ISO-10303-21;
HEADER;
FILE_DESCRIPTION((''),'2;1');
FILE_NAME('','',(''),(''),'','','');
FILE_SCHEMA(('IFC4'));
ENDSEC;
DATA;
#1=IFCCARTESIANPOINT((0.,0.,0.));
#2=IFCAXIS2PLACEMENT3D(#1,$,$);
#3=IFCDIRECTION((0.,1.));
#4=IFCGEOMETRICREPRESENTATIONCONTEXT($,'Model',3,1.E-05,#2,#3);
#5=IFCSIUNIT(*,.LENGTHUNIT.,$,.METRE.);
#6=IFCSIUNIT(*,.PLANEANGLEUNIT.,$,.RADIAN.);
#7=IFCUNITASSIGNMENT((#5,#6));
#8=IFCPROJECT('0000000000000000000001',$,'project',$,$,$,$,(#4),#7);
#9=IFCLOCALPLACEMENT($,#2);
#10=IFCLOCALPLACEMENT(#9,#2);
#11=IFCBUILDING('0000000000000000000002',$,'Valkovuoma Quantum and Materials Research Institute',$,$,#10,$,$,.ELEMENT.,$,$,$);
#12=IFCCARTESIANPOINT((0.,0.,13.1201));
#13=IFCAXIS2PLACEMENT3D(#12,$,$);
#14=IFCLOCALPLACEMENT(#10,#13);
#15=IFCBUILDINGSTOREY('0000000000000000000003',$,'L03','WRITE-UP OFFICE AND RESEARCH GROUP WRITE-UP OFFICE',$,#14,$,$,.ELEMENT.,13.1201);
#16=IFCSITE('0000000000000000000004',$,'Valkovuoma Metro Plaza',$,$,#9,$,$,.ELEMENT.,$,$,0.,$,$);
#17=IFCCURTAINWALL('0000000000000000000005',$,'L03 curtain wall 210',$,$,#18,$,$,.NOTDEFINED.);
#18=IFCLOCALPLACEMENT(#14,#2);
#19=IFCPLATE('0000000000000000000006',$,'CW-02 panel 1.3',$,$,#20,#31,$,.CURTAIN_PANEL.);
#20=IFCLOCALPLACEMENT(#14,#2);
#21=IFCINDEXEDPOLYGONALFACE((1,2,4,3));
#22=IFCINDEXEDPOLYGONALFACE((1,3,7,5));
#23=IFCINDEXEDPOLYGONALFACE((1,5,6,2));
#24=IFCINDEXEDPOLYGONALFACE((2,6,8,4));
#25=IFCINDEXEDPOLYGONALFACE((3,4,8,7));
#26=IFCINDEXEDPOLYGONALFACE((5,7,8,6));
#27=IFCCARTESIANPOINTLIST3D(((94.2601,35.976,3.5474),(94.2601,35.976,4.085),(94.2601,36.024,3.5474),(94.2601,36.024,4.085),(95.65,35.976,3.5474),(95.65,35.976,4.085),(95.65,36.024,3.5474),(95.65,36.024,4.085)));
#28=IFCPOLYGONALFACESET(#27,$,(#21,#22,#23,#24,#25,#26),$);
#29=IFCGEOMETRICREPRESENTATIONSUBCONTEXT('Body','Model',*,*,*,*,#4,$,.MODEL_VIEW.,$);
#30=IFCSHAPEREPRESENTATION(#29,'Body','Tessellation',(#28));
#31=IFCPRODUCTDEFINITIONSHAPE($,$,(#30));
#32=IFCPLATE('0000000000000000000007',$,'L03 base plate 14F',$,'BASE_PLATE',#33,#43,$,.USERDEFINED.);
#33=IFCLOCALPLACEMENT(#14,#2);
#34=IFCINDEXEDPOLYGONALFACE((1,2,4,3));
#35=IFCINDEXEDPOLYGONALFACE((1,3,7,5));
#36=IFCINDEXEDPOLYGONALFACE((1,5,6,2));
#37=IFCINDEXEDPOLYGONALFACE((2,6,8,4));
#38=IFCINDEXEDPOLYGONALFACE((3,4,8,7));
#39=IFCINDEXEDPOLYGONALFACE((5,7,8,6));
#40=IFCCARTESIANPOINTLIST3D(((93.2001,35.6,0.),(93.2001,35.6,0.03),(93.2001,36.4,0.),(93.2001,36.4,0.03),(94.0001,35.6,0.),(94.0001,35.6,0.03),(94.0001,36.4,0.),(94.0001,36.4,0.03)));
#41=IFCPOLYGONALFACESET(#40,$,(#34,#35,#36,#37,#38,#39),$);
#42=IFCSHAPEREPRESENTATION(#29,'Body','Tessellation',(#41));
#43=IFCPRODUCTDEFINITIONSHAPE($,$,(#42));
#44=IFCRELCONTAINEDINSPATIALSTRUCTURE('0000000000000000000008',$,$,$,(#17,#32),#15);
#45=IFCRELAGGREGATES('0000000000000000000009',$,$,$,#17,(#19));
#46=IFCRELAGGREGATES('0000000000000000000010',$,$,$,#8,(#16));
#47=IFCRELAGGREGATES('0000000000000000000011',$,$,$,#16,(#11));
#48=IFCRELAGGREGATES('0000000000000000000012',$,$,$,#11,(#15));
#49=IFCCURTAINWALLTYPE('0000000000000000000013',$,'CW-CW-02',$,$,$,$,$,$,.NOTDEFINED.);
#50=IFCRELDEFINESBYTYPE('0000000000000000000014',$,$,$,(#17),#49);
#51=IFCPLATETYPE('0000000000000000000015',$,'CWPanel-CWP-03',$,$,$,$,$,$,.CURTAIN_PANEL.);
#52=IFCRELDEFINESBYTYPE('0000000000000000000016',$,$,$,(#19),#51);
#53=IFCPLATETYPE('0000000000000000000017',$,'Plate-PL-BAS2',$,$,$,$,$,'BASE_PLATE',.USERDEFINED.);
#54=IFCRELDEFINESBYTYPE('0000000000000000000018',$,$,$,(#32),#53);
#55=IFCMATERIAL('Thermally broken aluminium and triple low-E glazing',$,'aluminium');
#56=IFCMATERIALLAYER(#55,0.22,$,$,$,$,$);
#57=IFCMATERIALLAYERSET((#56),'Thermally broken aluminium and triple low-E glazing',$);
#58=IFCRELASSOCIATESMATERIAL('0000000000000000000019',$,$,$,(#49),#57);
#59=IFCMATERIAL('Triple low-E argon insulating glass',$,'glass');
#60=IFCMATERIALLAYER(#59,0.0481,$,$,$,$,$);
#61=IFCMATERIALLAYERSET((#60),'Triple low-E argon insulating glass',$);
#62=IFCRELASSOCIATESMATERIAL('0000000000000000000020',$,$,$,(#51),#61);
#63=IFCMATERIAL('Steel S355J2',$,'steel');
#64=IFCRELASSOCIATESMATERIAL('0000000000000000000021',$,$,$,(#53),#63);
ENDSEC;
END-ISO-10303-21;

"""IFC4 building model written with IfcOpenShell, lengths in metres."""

from ifc_helpers import new_model, si_unit, direction, frame, origin, origin_2d, place, context, subcontext, project, spatial, rectangle, extrude, material, layer, layer_set, type_object, element, aggregate, save


model = new_model("IFC4")

# Units and contexts
model_context = context("Model", 3, precision=1e-05, world=origin(), true_north=direction((0.0, 1.0)))
body_context = subcontext(model_context, "Body", "Model", "MODEL_VIEW")
ifc_project = project(units=[si_unit("LENGTHUNIT", "METRE"), si_unit("PLANEANGLEUNIT", "RADIAN")], contexts=[model_context])

# Site, building, storey
site_placement = place(None, origin())
site = spatial("IfcSite", under=ifc_project, at=site_placement, Name="Valkovuoma Metro Plaza", CompositionType="ELEMENT", RefElevation=0.0)
building_placement = place(site_placement, origin())
building = spatial("IfcBuilding", under=site, at=building_placement, Name="Valkovuoma Quantum and Materials Research Institute", CompositionType="ELEMENT")
storey_placement = place(building_placement, frame((0.0, 0.0, 13.1201)))
storey = spatial("IfcBuildingStorey", under=building, at=storey_placement, Name="L03", Description="WRITE-UP OFFICE AND RESEARCH GROUP WRITE-UP OFFICE", CompositionType="ELEMENT", Elevation=13.1201)

# Curtain wall
ifc_material_1 = material(Name="Thermally broken aluminium and triple low-E glazing", Category="aluminium")
ifc_layer_1 = layer(ifc_material_1, 0.22)
ifc_layer_set_1 = layer_set([ifc_layer_1], Name="Thermally broken aluminium and triple low-E glazing")
curtain_wall_type = type_object("IfcCurtainWallType", Name="CW-CW-02", PredefinedType="NOTDEFINED", material=ifc_layer_set_1)
curtain_wall_1_placement = place(storey_placement, origin())
curtain_wall_1 = element("IfcCurtainWall", 1, at=curtain_wall_1_placement, inside=storey, type_object=curtain_wall_type, Name="L03 curtain wall 210", PredefinedType="NOTDEFINED")

# Plates
ifc_material_2 = material(Name="Triple low-E argon insulating glass", Category="glass")
ifc_layer_2 = layer(ifc_material_2, 0.0481)
ifc_layer_set_2 = layer_set([ifc_layer_2], Name="Triple low-E argon insulating glass")
plate_type_1 = type_object("IfcPlateType", Name="CWPanel-CWP-03", PredefinedType="CURTAIN_PANEL", material=ifc_layer_set_2)
plate_1_placement = place(storey_placement, frame((94.9551, 36.0, 3.5474), z_axis=(0.0, 0.0, 1.0), x_axis=(1.0, 0.0, 0.0)))
plate_1 = element("IfcPlate", 2, at=plate_1_placement, type_object=plate_type_1, Name="CW-02 panel 1.3", PredefinedType="CURTAIN_PANEL", context=body_context, shape_type="SweptSolid", body=[
    extrude(rectangle(XDim=1.3899, YDim=0.0481, at=origin_2d()), origin(), (0.0, 0.0, 1.0), 0.5376),
])
aggregate(curtain_wall_1, [plate_1])
ifc_material_3 = material(Name="Steel S355J2", Category="steel")
plate_type_2 = type_object("IfcPlateType", Name="Plate-PL-BAS2", ElementType="BASE_PLATE", PredefinedType="USERDEFINED", material=ifc_material_3)
plate_2_placement = place(storey_placement, frame((93.6001, 36.0, 0.0), z_axis=(0.0, 0.0, 1.0), x_axis=(1.0, 0.0, 0.0)))
element("IfcPlate", 3, at=plate_2_placement, inside=storey, type_object=plate_type_2, Name="L03 base plate 14F", ObjectType="BASE_PLATE", PredefinedType="USERDEFINED", context=body_context, shape_type="SweptSolid", body=[
    extrude(rectangle(XDim=0.8, YDim=0.8, at=origin_2d()), origin(), (0.0, 0.0, 1.0), 0.03),
])

save(model, "model.ifc")
